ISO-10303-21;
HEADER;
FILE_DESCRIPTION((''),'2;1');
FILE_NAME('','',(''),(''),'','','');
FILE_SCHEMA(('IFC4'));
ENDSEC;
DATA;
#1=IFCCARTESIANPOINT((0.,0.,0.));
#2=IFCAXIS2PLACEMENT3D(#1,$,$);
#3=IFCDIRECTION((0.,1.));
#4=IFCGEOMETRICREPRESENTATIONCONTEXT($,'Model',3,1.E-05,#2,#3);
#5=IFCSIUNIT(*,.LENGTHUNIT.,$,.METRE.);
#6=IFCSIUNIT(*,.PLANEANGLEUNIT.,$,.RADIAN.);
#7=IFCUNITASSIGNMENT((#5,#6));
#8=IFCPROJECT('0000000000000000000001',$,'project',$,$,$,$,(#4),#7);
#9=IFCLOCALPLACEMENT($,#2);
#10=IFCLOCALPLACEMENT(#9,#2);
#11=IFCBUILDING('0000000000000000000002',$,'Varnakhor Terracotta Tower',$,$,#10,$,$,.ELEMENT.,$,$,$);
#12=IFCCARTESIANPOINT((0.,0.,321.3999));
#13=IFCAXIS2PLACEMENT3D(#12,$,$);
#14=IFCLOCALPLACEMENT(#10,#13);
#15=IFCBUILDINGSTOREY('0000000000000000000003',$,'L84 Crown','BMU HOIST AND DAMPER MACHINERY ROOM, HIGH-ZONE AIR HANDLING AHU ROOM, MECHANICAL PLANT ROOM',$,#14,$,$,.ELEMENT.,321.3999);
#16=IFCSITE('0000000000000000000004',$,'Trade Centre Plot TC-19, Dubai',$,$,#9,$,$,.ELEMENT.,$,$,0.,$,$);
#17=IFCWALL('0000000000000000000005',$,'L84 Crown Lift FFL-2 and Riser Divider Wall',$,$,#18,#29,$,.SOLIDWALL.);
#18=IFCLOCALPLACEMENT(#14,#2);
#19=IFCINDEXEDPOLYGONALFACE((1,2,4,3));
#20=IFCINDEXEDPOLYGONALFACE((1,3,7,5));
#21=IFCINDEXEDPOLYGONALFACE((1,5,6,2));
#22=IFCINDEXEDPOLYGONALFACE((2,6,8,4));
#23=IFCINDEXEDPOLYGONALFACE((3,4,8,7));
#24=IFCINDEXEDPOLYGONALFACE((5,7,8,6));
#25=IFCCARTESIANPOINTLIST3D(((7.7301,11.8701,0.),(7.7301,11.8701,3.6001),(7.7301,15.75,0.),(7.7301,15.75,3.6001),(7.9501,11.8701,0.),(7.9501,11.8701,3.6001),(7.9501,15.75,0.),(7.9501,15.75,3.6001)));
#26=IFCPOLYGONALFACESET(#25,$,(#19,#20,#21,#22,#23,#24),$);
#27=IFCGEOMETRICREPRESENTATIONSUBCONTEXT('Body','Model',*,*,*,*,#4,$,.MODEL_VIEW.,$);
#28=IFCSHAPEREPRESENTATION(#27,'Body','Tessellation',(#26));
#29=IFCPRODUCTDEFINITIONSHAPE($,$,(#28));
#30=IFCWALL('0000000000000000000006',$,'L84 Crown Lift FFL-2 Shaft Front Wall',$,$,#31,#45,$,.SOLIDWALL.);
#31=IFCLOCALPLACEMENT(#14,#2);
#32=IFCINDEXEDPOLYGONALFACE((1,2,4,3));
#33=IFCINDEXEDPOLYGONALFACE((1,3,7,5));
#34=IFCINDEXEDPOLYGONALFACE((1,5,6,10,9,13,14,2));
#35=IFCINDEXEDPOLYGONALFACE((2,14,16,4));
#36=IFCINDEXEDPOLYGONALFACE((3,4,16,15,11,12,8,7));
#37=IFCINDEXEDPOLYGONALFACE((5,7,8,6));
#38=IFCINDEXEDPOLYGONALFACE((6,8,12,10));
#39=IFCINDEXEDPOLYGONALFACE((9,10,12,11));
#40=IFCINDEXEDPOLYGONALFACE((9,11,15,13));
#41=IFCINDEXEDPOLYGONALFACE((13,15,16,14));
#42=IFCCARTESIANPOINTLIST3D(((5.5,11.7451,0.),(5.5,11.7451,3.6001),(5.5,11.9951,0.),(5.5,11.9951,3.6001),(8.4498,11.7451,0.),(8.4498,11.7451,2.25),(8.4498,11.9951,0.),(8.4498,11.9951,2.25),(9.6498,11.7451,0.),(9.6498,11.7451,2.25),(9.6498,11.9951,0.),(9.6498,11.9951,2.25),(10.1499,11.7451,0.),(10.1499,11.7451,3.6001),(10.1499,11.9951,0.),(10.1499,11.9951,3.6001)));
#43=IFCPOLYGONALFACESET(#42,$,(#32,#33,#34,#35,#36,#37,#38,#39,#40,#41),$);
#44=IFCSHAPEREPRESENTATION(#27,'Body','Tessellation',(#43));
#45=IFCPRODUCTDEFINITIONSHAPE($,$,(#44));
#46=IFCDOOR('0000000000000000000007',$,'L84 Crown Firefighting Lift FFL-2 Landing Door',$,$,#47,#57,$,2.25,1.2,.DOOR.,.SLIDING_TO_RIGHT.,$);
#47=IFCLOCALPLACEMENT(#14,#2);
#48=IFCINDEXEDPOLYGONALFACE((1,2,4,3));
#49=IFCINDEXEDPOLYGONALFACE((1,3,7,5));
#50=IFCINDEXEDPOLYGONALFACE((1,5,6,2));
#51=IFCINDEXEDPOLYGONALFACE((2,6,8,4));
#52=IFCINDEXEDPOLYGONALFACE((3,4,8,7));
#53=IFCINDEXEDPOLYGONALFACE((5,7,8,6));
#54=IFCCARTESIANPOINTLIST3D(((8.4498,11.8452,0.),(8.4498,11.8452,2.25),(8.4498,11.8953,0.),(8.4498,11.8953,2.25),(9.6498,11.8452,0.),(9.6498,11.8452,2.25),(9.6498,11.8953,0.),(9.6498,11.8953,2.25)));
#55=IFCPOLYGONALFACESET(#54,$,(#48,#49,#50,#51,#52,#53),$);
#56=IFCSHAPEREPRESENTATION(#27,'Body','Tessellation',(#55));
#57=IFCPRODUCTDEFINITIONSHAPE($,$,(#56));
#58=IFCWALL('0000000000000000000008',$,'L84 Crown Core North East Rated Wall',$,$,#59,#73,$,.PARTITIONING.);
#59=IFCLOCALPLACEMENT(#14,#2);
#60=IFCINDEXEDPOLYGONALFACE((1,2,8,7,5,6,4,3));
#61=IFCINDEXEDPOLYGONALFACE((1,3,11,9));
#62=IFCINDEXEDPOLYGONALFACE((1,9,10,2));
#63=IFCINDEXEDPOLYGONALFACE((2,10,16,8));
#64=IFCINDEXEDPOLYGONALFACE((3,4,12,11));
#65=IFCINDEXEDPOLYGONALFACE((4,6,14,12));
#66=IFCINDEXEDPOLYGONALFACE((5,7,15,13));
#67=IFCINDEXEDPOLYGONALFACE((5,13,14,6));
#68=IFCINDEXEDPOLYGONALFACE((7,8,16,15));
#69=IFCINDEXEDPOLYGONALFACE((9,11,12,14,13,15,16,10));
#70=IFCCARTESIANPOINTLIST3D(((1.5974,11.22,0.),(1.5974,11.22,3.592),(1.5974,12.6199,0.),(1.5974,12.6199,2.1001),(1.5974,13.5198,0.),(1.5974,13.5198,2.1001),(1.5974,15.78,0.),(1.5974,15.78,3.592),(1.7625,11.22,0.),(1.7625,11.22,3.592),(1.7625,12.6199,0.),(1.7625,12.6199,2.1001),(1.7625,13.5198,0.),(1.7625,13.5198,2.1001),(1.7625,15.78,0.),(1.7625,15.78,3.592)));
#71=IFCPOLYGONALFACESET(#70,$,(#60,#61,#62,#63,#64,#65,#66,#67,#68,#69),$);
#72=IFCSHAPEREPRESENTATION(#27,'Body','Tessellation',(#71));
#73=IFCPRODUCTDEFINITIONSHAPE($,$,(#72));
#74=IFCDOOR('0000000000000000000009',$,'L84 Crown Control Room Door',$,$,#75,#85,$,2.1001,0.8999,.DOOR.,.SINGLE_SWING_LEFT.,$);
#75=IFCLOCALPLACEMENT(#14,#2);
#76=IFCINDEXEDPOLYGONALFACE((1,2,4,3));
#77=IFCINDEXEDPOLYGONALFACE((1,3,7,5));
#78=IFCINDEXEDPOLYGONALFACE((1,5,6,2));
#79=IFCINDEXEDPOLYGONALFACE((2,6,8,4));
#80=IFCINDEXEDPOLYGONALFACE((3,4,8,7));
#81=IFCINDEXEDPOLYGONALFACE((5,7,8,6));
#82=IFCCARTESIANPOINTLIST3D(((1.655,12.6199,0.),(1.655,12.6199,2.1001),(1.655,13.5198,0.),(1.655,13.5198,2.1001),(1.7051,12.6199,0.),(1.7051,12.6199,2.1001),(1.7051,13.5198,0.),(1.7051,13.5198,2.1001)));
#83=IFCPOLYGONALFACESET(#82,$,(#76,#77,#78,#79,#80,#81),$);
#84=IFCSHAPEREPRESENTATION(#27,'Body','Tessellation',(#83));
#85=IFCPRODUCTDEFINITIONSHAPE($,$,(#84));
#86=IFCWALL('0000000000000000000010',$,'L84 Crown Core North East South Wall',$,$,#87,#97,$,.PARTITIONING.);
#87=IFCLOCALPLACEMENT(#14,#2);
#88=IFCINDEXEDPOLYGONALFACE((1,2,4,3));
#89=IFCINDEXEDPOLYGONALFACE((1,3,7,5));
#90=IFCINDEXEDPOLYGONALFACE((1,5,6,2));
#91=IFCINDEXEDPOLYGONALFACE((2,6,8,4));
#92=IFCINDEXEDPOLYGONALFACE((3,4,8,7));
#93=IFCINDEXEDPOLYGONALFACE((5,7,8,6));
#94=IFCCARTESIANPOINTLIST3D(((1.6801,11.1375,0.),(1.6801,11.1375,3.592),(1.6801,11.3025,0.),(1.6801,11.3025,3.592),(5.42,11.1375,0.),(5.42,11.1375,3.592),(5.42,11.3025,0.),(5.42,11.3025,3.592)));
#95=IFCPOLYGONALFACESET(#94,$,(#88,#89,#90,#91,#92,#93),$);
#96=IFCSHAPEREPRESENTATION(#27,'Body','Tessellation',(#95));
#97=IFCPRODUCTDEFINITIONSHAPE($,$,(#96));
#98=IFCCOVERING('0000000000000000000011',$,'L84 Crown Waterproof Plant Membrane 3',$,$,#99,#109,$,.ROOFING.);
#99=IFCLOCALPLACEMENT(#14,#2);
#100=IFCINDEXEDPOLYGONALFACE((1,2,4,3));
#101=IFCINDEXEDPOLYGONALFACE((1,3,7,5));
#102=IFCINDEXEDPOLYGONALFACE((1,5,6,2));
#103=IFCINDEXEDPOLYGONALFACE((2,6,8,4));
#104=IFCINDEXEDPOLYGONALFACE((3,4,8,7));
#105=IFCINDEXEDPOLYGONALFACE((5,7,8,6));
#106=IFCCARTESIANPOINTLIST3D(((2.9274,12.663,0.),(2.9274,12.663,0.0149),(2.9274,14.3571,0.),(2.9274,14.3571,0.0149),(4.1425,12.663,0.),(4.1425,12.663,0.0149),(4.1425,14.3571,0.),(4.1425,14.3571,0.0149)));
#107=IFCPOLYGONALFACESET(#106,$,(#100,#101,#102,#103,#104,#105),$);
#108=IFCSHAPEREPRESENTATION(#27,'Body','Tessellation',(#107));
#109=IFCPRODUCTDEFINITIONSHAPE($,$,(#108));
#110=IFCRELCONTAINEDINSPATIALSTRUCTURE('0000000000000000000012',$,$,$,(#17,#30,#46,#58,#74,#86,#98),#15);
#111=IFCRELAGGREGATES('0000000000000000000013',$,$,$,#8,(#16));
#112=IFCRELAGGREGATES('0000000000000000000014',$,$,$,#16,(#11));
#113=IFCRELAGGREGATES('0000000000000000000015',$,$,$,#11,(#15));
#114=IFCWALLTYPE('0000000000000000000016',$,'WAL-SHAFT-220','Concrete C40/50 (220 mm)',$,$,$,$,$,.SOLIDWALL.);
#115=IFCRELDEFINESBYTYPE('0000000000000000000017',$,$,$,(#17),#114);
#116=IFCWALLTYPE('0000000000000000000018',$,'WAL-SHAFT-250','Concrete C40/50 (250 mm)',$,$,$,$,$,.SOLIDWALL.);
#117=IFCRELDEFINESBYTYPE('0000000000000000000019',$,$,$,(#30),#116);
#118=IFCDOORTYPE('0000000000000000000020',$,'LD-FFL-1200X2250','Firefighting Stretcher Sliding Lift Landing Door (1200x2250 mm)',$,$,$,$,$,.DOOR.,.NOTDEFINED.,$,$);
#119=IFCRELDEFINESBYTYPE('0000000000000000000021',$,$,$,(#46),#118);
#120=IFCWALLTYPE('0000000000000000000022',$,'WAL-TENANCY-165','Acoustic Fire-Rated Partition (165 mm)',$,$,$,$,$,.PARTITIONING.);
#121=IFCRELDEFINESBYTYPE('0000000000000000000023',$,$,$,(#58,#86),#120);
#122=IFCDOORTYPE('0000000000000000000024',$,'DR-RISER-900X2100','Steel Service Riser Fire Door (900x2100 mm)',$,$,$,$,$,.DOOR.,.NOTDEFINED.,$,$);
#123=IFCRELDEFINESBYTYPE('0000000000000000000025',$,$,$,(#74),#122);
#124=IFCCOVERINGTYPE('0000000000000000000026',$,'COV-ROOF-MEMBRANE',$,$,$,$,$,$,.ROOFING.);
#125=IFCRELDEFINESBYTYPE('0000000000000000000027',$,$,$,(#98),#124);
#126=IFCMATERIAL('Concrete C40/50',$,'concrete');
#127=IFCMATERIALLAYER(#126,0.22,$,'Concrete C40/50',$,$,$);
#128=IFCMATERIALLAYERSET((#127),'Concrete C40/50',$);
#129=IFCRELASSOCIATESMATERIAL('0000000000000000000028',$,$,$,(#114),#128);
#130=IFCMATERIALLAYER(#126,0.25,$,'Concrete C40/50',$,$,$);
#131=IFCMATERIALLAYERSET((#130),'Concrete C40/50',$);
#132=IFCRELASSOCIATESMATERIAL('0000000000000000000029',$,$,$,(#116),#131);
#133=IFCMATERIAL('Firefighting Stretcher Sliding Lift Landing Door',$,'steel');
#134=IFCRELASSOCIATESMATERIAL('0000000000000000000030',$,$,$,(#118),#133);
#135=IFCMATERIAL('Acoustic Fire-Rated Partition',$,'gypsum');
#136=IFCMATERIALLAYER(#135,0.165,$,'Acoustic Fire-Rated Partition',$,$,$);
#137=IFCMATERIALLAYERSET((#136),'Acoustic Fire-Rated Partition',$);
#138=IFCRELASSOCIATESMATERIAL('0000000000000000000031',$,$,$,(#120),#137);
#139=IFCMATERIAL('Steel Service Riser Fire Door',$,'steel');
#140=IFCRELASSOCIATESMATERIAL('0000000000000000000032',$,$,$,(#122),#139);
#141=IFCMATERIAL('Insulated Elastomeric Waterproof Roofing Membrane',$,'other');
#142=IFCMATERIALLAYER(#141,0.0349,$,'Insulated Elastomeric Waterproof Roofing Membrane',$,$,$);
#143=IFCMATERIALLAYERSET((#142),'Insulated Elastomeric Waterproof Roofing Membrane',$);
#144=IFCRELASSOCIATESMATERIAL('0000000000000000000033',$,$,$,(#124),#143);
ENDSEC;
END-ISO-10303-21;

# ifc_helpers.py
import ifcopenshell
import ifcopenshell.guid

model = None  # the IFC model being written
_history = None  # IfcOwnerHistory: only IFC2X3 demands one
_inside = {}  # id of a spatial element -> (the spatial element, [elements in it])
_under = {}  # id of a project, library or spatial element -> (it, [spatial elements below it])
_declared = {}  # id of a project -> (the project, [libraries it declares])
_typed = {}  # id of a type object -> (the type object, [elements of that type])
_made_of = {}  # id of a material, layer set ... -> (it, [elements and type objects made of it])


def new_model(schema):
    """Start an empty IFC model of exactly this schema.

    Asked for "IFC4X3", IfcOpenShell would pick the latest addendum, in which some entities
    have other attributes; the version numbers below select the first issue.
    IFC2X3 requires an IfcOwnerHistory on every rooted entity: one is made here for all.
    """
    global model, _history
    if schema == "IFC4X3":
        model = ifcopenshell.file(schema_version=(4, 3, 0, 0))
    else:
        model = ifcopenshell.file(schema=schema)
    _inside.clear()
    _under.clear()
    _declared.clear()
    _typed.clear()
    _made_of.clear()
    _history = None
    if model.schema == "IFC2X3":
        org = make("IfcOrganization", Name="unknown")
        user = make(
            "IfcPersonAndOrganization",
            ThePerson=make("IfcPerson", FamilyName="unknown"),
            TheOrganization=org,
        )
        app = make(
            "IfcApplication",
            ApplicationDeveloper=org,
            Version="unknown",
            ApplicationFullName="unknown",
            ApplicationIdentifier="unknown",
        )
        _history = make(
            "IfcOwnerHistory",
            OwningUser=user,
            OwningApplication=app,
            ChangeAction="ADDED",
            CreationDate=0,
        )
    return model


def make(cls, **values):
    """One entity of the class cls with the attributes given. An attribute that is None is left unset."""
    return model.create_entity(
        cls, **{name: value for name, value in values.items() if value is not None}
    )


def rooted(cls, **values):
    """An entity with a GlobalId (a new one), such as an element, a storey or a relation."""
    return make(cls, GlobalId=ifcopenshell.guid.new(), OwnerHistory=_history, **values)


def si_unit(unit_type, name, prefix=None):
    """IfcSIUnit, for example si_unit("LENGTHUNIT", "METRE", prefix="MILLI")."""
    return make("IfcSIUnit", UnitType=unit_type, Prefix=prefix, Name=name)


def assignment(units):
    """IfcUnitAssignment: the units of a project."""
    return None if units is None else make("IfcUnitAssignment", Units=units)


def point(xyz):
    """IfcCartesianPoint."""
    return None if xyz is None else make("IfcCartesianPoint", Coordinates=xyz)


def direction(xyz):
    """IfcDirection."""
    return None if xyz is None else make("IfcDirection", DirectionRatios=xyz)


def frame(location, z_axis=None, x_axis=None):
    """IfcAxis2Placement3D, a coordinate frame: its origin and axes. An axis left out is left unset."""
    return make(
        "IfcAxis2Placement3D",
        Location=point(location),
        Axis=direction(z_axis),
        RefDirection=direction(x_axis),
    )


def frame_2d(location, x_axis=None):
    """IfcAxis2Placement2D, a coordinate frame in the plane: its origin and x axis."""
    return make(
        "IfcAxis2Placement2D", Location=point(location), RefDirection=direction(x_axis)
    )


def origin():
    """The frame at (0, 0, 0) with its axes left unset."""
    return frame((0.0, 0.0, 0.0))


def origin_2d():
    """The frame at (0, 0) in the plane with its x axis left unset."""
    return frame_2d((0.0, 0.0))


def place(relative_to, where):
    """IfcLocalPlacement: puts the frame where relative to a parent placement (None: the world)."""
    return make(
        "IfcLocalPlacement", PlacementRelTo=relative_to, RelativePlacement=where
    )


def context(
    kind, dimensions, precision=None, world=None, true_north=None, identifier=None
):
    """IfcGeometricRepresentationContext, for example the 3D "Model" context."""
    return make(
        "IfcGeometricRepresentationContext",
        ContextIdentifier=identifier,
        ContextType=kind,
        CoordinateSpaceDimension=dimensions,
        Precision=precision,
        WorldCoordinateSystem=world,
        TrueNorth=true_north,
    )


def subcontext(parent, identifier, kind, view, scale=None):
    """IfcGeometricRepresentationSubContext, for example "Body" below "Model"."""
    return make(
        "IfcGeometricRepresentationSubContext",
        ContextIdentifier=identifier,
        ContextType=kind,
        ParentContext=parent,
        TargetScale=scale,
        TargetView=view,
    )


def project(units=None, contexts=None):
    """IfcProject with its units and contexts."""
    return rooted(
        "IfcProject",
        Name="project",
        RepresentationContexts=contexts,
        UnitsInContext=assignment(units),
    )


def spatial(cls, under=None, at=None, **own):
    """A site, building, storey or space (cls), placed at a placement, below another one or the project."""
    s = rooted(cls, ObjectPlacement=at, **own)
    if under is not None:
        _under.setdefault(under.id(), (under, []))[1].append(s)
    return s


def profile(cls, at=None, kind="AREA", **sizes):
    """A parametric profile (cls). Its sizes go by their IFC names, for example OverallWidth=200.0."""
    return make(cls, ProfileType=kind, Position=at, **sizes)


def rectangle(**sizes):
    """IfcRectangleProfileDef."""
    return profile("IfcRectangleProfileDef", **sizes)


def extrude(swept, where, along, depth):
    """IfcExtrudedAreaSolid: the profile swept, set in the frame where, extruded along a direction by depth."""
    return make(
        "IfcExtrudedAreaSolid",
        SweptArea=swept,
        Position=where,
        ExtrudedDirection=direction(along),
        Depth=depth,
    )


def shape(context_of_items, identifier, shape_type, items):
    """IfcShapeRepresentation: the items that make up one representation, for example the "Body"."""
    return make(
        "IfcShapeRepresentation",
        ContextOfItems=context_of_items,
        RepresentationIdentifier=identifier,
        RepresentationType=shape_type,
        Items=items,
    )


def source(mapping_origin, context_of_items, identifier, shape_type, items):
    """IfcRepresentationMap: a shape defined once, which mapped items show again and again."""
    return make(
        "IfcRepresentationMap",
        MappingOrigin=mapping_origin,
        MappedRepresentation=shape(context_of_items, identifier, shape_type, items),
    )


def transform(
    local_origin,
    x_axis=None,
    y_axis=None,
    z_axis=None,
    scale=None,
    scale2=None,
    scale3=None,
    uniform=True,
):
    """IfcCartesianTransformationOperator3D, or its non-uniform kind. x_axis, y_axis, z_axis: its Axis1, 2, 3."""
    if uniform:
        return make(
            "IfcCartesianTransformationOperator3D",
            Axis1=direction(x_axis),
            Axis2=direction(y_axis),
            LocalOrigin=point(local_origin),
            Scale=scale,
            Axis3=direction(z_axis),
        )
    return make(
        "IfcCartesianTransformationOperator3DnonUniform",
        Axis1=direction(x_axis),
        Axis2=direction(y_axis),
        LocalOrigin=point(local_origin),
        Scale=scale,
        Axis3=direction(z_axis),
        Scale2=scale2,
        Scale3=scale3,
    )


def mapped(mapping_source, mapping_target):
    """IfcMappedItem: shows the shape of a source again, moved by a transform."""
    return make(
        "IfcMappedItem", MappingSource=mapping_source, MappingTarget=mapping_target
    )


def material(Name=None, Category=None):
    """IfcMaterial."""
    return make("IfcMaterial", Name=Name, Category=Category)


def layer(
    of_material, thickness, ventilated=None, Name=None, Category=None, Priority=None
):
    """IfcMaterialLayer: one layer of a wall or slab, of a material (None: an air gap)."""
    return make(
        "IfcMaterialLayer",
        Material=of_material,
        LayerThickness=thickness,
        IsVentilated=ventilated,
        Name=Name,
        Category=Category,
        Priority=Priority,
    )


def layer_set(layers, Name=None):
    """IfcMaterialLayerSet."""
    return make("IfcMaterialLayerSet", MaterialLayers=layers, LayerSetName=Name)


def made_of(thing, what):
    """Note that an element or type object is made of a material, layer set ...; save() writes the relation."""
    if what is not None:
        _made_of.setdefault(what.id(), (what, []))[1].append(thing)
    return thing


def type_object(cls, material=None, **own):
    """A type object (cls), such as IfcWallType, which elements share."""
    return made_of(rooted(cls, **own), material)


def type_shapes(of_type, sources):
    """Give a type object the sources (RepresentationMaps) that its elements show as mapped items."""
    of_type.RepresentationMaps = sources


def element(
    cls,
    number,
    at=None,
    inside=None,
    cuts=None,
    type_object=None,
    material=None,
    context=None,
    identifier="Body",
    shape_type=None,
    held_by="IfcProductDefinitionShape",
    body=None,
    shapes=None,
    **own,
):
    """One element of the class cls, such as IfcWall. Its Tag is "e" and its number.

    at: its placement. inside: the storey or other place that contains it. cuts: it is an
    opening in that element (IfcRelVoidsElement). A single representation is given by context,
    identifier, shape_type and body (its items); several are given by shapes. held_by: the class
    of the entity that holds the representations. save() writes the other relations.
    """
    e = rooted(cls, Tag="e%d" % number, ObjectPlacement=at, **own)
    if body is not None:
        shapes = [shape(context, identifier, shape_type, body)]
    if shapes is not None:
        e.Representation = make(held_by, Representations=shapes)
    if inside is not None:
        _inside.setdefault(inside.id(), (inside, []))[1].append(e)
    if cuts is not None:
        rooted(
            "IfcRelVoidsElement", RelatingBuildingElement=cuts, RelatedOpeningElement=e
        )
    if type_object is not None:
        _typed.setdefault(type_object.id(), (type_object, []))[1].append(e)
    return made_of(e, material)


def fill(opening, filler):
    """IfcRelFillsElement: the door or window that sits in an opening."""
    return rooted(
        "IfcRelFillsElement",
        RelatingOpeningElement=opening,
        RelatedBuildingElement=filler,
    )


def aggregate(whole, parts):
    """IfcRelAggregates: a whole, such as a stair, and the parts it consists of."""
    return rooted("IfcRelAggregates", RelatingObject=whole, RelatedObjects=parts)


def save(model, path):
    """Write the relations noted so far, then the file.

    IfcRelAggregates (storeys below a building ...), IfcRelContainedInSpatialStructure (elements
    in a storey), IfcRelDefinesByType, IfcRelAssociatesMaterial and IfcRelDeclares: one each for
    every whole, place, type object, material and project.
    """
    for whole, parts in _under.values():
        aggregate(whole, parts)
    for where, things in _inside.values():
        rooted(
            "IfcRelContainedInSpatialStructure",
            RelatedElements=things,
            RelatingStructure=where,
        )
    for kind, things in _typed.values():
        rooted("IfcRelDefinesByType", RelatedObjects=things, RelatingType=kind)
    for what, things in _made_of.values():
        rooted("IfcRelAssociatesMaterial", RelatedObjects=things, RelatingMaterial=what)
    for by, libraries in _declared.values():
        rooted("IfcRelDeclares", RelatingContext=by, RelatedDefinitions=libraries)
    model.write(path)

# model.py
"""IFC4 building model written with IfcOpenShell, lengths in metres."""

from ifc_helpers import new_model, si_unit, direction, frame, frame_2d, origin, origin_2d, place, context, subcontext, project, spatial, rectangle, extrude, source, transform, mapped, material, layer, layer_set, type_object, type_shapes, element, fill, save


model = new_model("IFC4")

# Units and contexts
model_context = context("Model", 3, precision=1e-05, world=origin(), true_north=direction((0.0, 1.0)))
body_context = subcontext(model_context, "Body", "Model", "MODEL_VIEW")
ifc_project = project(units=[si_unit("LENGTHUNIT", "METRE"), si_unit("PLANEANGLEUNIT", "RADIAN")], contexts=[model_context])

# Site, building, storey
site_placement = place(None, origin())
site = spatial("IfcSite", under=ifc_project, at=site_placement, Name="Trade Centre Plot TC-19, Dubai", CompositionType="ELEMENT", RefElevation=0.0)
building_placement = place(site_placement, origin())
building = spatial("IfcBuilding", under=site, at=building_placement, Name="Varnakhor Terracotta Tower", CompositionType="ELEMENT")
storey_placement = place(building_placement, frame((0.0, 0.0, 321.3999)))
storey = spatial("IfcBuildingStorey", under=building, at=storey_placement, Name="L84 Crown", Description="BMU HOIST AND DAMPER MACHINERY ROOM, HIGH-ZONE AIR HANDLING AHU ROOM, MECHANICAL PLANT ROOM", CompositionType="ELEMENT", Elevation=321.3999)

# Wall
ifc_material_1 = material(Name="Concrete C40/50", Category="concrete")
ifc_layer_1 = layer(ifc_material_1, 0.22, Name="Concrete C40/50")
ifc_layer_set_1 = layer_set([ifc_layer_1], Name="Concrete C40/50")
wall_type_1 = type_object("IfcWallType", Name="WAL-SHAFT-220", Description="Concrete C40/50 (220 mm)", PredefinedType="SOLIDWALL", material=ifc_layer_set_1)
wall_1_placement = place(storey_placement, frame((7.8401, 11.8701, 0.0), z_axis=(0.0, 0.0, 1.0), x_axis=(0.0, 1.0, 0.0)))
element("IfcWall", 1, at=wall_1_placement, inside=storey, type_object=wall_type_1, Name="L84 Crown Lift FFL-2 and Riser Divider Wall", PredefinedType="SOLIDWALL", context=body_context, shape_type="SweptSolid", body=[
    extrude(rectangle(XDim=3.8799, YDim=0.22, at=frame_2d((1.9399, 0.0))), origin(), (0.0, 0.0, 1.0), 3.6001),
])

# Walls, openings, doors
ifc_layer_2 = layer(ifc_material_1, 0.25, Name="Concrete C40/50")
ifc_layer_set_2 = layer_set([ifc_layer_2], Name="Concrete C40/50")
wall_type_2 = type_object("IfcWallType", Name="WAL-SHAFT-250", Description="Concrete C40/50 (250 mm)", PredefinedType="SOLIDWALL", material=ifc_layer_set_2)
wall_2_placement = place(storey_placement, frame((10.1499, 11.8701, 0.0), z_axis=(0.0, 0.0, 1.0), x_axis=(-1.0, 0.0, 0.0)))
wall_2 = element("IfcWall", 2, at=wall_2_placement, inside=storey, type_object=wall_type_2, Name="L84 Crown Lift FFL-2 Shaft Front Wall", PredefinedType="SOLIDWALL", context=body_context, shape_type="SweptSolid", body=[
    extrude(rectangle(XDim=4.6499, YDim=0.25, at=frame_2d((2.325, 0.0))), origin(), (0.0, 0.0, 1.0), 3.6001),
])
opening_1_placement = place(wall_2_placement, frame((0.5, 0.0, 0.0)))
opening_1 = element("IfcOpeningElement", 3, at=opening_1_placement, cuts=wall_2, PredefinedType="OPENING", context=body_context, shape_type="SweptSolid", body=[
    extrude(rectangle(XDim=1.2, YDim=2.25, at=frame_2d((0.6001, 1.125))), frame((0.0, 0.135, 0.0), z_axis=(0.0, -1.0, 0.0), x_axis=(1.0, 0.0, 0.0)), (0.0, 0.0, 1.0), 0.27),
])
ifc_material_2 = material(Name="Firefighting Stretcher Sliding Lift Landing Door", Category="steel")
door_type_1 = type_object("IfcDoorType", Name="LD-FFL-1200X2250", Description="Firefighting Stretcher Sliding Lift Landing Door (1200x2250 mm)", OperationType="NOTDEFINED", PredefinedType="DOOR", material=ifc_material_2)
shared_shape_1 = source(origin(), body_context, "Body", "SweptSolid", [
    extrude(rectangle(XDim=1.2, YDim=2.25, at=frame_2d((0.6001, 1.125))), frame((0.0, 0.0249, 0.0), z_axis=(0.0, -1.0, 0.0), x_axis=(1.0, 0.0, 0.0)), (0.0, 0.0, 1.0), 0.05),
])
type_shapes(door_type_1, [shared_shape_1])
door_1_placement = place(opening_1_placement, origin())
door_1 = element("IfcDoor", 4, at=door_1_placement, inside=storey, type_object=door_type_1, Name="L84 Crown Firefighting Lift FFL-2 Landing Door", OperationType="SLIDING_TO_RIGHT", OverallHeight=2.25, OverallWidth=1.2, PredefinedType="DOOR", context=body_context, shape_type="MappedRepresentation", body=[
    mapped(shared_shape_1, transform((0.0, 0.0, 0.0), scale=1.0)),
])
fill(opening_1, door_1)
ifc_material_3 = material(Name="Acoustic Fire-Rated Partition", Category="gypsum")
ifc_layer_3 = layer(ifc_material_3, 0.165, Name="Acoustic Fire-Rated Partition")
ifc_layer_set_3 = layer_set([ifc_layer_3], Name="Acoustic Fire-Rated Partition")
wall_type_3 = type_object("IfcWallType", Name="WAL-TENANCY-165", Description="Acoustic Fire-Rated Partition (165 mm)", PredefinedType="PARTITIONING", material=ifc_layer_set_3)
wall_3_placement = place(storey_placement, frame((1.6799, 11.22, 0.0), z_axis=(0.0, 0.0, 1.0), x_axis=(0.0, 1.0, 0.0)))
wall_3 = element("IfcWall", 5, at=wall_3_placement, inside=storey, type_object=wall_type_3, Name="L84 Crown Core North East Rated Wall", PredefinedType="PARTITIONING", context=body_context, shape_type="SweptSolid", body=[
    extrude(rectangle(XDim=4.5601, YDim=0.165, at=frame_2d((2.28, 0.0))), origin(), (0.0, 0.0, 1.0), 3.592),
])
opening_2_placement = place(wall_3_placement, frame((1.3999, 0.0, 0.0)))
opening_2 = element("IfcOpeningElement", 6, at=opening_2_placement, cuts=wall_3, PredefinedType="OPENING", context=body_context, shape_type="SweptSolid", body=[
    extrude(rectangle(XDim=0.8999, YDim=2.1001, at=frame_2d((0.45, 1.05))), frame((0.0, 0.0925, 0.0), z_axis=(0.0, -1.0, 0.0), x_axis=(1.0, 0.0, 0.0)), (0.0, 0.0, 1.0), 0.1851),
])
ifc_material_4 = material(Name="Steel Service Riser Fire Door", Category="steel")
door_type_2 = type_object("IfcDoorType", Name="DR-RISER-900X2100", Description="Steel Service Riser Fire Door (900x2100 mm)", OperationType="NOTDEFINED", PredefinedType="DOOR", material=ifc_material_4)
shared_shape_2 = source(origin(), body_context, "Body", "SweptSolid", [
    extrude(rectangle(XDim=0.8999, YDim=2.1001, at=frame_2d((0.45, 1.05))), frame((0.0, 0.0249, 0.0), z_axis=(0.0, -1.0, 0.0), x_axis=(1.0, 0.0, 0.0)), (0.0, 0.0, 1.0), 0.05),
])
type_shapes(door_type_2, [shared_shape_2])
door_2_placement = place(opening_2_placement, origin())
door_2 = element("IfcDoor", 7, at=door_2_placement, inside=storey, type_object=door_type_2, Name="L84 Crown Control Room Door", OperationType="SINGLE_SWING_LEFT", OverallHeight=2.1001, OverallWidth=0.8999, PredefinedType="DOOR", context=body_context, shape_type="MappedRepresentation", body=[
    mapped(shared_shape_2, transform((0.0, 0.0, 0.0), scale=1.0)),
])
fill(opening_2, door_2)

# Wall
wall_4_placement = place(storey_placement, frame((1.6799, 11.22, 0.0), z_axis=(0.0, 0.0, 1.0), x_axis=(1.0, 0.0, 0.0)))
element("IfcWall", 8, at=wall_4_placement, inside=storey, type_object=wall_type_3, Name="L84 Crown Core North East South Wall", PredefinedType="PARTITIONING", context=body_context, shape_type="SweptSolid", body=[
    extrude(rectangle(XDim=3.74, YDim=0.165, at=frame_2d((1.8701, 0.0))), origin(), (0.0, 0.0, 1.0), 3.592),
])

# Covering
ifc_material_5 = material(Name="Insulated Elastomeric Waterproof Roofing Membrane", Category="other")
ifc_layer_4 = layer(ifc_material_5, 0.0349, Name="Insulated Elastomeric Waterproof Roofing Membrane")
ifc_layer_set_4 = layer_set([ifc_layer_4], Name="Insulated Elastomeric Waterproof Roofing Membrane")
covering_type = type_object("IfcCoveringType", Name="COV-ROOF-MEMBRANE", PredefinedType="ROOFING", material=ifc_layer_set_4)
shared_shape_3 = source(origin(), body_context, "Body", "SweptSolid", [
    extrude(rectangle(XDim=1.2151, YDim=1.6941, at=origin_2d()), origin(), (0.0, 0.0, 1.0), 0.0149),
])
covering_placement = place(storey_placement, frame((3.5349, 13.51, 0.0), z_axis=(0.0, 0.0, 1.0), x_axis=(1.0, 0.0, 0.0)))
element("IfcCovering", 9, at=covering_placement, inside=storey, type_object=covering_type, Name="L84 Crown Waterproof Plant Membrane 3", PredefinedType="ROOFING", context=body_context, shape_type="MappedRepresentation", body=[
    mapped(shared_shape_3, transform((0.0, 0.0, 0.0), scale=1.0)),
])

save(model, "model.ifc")
